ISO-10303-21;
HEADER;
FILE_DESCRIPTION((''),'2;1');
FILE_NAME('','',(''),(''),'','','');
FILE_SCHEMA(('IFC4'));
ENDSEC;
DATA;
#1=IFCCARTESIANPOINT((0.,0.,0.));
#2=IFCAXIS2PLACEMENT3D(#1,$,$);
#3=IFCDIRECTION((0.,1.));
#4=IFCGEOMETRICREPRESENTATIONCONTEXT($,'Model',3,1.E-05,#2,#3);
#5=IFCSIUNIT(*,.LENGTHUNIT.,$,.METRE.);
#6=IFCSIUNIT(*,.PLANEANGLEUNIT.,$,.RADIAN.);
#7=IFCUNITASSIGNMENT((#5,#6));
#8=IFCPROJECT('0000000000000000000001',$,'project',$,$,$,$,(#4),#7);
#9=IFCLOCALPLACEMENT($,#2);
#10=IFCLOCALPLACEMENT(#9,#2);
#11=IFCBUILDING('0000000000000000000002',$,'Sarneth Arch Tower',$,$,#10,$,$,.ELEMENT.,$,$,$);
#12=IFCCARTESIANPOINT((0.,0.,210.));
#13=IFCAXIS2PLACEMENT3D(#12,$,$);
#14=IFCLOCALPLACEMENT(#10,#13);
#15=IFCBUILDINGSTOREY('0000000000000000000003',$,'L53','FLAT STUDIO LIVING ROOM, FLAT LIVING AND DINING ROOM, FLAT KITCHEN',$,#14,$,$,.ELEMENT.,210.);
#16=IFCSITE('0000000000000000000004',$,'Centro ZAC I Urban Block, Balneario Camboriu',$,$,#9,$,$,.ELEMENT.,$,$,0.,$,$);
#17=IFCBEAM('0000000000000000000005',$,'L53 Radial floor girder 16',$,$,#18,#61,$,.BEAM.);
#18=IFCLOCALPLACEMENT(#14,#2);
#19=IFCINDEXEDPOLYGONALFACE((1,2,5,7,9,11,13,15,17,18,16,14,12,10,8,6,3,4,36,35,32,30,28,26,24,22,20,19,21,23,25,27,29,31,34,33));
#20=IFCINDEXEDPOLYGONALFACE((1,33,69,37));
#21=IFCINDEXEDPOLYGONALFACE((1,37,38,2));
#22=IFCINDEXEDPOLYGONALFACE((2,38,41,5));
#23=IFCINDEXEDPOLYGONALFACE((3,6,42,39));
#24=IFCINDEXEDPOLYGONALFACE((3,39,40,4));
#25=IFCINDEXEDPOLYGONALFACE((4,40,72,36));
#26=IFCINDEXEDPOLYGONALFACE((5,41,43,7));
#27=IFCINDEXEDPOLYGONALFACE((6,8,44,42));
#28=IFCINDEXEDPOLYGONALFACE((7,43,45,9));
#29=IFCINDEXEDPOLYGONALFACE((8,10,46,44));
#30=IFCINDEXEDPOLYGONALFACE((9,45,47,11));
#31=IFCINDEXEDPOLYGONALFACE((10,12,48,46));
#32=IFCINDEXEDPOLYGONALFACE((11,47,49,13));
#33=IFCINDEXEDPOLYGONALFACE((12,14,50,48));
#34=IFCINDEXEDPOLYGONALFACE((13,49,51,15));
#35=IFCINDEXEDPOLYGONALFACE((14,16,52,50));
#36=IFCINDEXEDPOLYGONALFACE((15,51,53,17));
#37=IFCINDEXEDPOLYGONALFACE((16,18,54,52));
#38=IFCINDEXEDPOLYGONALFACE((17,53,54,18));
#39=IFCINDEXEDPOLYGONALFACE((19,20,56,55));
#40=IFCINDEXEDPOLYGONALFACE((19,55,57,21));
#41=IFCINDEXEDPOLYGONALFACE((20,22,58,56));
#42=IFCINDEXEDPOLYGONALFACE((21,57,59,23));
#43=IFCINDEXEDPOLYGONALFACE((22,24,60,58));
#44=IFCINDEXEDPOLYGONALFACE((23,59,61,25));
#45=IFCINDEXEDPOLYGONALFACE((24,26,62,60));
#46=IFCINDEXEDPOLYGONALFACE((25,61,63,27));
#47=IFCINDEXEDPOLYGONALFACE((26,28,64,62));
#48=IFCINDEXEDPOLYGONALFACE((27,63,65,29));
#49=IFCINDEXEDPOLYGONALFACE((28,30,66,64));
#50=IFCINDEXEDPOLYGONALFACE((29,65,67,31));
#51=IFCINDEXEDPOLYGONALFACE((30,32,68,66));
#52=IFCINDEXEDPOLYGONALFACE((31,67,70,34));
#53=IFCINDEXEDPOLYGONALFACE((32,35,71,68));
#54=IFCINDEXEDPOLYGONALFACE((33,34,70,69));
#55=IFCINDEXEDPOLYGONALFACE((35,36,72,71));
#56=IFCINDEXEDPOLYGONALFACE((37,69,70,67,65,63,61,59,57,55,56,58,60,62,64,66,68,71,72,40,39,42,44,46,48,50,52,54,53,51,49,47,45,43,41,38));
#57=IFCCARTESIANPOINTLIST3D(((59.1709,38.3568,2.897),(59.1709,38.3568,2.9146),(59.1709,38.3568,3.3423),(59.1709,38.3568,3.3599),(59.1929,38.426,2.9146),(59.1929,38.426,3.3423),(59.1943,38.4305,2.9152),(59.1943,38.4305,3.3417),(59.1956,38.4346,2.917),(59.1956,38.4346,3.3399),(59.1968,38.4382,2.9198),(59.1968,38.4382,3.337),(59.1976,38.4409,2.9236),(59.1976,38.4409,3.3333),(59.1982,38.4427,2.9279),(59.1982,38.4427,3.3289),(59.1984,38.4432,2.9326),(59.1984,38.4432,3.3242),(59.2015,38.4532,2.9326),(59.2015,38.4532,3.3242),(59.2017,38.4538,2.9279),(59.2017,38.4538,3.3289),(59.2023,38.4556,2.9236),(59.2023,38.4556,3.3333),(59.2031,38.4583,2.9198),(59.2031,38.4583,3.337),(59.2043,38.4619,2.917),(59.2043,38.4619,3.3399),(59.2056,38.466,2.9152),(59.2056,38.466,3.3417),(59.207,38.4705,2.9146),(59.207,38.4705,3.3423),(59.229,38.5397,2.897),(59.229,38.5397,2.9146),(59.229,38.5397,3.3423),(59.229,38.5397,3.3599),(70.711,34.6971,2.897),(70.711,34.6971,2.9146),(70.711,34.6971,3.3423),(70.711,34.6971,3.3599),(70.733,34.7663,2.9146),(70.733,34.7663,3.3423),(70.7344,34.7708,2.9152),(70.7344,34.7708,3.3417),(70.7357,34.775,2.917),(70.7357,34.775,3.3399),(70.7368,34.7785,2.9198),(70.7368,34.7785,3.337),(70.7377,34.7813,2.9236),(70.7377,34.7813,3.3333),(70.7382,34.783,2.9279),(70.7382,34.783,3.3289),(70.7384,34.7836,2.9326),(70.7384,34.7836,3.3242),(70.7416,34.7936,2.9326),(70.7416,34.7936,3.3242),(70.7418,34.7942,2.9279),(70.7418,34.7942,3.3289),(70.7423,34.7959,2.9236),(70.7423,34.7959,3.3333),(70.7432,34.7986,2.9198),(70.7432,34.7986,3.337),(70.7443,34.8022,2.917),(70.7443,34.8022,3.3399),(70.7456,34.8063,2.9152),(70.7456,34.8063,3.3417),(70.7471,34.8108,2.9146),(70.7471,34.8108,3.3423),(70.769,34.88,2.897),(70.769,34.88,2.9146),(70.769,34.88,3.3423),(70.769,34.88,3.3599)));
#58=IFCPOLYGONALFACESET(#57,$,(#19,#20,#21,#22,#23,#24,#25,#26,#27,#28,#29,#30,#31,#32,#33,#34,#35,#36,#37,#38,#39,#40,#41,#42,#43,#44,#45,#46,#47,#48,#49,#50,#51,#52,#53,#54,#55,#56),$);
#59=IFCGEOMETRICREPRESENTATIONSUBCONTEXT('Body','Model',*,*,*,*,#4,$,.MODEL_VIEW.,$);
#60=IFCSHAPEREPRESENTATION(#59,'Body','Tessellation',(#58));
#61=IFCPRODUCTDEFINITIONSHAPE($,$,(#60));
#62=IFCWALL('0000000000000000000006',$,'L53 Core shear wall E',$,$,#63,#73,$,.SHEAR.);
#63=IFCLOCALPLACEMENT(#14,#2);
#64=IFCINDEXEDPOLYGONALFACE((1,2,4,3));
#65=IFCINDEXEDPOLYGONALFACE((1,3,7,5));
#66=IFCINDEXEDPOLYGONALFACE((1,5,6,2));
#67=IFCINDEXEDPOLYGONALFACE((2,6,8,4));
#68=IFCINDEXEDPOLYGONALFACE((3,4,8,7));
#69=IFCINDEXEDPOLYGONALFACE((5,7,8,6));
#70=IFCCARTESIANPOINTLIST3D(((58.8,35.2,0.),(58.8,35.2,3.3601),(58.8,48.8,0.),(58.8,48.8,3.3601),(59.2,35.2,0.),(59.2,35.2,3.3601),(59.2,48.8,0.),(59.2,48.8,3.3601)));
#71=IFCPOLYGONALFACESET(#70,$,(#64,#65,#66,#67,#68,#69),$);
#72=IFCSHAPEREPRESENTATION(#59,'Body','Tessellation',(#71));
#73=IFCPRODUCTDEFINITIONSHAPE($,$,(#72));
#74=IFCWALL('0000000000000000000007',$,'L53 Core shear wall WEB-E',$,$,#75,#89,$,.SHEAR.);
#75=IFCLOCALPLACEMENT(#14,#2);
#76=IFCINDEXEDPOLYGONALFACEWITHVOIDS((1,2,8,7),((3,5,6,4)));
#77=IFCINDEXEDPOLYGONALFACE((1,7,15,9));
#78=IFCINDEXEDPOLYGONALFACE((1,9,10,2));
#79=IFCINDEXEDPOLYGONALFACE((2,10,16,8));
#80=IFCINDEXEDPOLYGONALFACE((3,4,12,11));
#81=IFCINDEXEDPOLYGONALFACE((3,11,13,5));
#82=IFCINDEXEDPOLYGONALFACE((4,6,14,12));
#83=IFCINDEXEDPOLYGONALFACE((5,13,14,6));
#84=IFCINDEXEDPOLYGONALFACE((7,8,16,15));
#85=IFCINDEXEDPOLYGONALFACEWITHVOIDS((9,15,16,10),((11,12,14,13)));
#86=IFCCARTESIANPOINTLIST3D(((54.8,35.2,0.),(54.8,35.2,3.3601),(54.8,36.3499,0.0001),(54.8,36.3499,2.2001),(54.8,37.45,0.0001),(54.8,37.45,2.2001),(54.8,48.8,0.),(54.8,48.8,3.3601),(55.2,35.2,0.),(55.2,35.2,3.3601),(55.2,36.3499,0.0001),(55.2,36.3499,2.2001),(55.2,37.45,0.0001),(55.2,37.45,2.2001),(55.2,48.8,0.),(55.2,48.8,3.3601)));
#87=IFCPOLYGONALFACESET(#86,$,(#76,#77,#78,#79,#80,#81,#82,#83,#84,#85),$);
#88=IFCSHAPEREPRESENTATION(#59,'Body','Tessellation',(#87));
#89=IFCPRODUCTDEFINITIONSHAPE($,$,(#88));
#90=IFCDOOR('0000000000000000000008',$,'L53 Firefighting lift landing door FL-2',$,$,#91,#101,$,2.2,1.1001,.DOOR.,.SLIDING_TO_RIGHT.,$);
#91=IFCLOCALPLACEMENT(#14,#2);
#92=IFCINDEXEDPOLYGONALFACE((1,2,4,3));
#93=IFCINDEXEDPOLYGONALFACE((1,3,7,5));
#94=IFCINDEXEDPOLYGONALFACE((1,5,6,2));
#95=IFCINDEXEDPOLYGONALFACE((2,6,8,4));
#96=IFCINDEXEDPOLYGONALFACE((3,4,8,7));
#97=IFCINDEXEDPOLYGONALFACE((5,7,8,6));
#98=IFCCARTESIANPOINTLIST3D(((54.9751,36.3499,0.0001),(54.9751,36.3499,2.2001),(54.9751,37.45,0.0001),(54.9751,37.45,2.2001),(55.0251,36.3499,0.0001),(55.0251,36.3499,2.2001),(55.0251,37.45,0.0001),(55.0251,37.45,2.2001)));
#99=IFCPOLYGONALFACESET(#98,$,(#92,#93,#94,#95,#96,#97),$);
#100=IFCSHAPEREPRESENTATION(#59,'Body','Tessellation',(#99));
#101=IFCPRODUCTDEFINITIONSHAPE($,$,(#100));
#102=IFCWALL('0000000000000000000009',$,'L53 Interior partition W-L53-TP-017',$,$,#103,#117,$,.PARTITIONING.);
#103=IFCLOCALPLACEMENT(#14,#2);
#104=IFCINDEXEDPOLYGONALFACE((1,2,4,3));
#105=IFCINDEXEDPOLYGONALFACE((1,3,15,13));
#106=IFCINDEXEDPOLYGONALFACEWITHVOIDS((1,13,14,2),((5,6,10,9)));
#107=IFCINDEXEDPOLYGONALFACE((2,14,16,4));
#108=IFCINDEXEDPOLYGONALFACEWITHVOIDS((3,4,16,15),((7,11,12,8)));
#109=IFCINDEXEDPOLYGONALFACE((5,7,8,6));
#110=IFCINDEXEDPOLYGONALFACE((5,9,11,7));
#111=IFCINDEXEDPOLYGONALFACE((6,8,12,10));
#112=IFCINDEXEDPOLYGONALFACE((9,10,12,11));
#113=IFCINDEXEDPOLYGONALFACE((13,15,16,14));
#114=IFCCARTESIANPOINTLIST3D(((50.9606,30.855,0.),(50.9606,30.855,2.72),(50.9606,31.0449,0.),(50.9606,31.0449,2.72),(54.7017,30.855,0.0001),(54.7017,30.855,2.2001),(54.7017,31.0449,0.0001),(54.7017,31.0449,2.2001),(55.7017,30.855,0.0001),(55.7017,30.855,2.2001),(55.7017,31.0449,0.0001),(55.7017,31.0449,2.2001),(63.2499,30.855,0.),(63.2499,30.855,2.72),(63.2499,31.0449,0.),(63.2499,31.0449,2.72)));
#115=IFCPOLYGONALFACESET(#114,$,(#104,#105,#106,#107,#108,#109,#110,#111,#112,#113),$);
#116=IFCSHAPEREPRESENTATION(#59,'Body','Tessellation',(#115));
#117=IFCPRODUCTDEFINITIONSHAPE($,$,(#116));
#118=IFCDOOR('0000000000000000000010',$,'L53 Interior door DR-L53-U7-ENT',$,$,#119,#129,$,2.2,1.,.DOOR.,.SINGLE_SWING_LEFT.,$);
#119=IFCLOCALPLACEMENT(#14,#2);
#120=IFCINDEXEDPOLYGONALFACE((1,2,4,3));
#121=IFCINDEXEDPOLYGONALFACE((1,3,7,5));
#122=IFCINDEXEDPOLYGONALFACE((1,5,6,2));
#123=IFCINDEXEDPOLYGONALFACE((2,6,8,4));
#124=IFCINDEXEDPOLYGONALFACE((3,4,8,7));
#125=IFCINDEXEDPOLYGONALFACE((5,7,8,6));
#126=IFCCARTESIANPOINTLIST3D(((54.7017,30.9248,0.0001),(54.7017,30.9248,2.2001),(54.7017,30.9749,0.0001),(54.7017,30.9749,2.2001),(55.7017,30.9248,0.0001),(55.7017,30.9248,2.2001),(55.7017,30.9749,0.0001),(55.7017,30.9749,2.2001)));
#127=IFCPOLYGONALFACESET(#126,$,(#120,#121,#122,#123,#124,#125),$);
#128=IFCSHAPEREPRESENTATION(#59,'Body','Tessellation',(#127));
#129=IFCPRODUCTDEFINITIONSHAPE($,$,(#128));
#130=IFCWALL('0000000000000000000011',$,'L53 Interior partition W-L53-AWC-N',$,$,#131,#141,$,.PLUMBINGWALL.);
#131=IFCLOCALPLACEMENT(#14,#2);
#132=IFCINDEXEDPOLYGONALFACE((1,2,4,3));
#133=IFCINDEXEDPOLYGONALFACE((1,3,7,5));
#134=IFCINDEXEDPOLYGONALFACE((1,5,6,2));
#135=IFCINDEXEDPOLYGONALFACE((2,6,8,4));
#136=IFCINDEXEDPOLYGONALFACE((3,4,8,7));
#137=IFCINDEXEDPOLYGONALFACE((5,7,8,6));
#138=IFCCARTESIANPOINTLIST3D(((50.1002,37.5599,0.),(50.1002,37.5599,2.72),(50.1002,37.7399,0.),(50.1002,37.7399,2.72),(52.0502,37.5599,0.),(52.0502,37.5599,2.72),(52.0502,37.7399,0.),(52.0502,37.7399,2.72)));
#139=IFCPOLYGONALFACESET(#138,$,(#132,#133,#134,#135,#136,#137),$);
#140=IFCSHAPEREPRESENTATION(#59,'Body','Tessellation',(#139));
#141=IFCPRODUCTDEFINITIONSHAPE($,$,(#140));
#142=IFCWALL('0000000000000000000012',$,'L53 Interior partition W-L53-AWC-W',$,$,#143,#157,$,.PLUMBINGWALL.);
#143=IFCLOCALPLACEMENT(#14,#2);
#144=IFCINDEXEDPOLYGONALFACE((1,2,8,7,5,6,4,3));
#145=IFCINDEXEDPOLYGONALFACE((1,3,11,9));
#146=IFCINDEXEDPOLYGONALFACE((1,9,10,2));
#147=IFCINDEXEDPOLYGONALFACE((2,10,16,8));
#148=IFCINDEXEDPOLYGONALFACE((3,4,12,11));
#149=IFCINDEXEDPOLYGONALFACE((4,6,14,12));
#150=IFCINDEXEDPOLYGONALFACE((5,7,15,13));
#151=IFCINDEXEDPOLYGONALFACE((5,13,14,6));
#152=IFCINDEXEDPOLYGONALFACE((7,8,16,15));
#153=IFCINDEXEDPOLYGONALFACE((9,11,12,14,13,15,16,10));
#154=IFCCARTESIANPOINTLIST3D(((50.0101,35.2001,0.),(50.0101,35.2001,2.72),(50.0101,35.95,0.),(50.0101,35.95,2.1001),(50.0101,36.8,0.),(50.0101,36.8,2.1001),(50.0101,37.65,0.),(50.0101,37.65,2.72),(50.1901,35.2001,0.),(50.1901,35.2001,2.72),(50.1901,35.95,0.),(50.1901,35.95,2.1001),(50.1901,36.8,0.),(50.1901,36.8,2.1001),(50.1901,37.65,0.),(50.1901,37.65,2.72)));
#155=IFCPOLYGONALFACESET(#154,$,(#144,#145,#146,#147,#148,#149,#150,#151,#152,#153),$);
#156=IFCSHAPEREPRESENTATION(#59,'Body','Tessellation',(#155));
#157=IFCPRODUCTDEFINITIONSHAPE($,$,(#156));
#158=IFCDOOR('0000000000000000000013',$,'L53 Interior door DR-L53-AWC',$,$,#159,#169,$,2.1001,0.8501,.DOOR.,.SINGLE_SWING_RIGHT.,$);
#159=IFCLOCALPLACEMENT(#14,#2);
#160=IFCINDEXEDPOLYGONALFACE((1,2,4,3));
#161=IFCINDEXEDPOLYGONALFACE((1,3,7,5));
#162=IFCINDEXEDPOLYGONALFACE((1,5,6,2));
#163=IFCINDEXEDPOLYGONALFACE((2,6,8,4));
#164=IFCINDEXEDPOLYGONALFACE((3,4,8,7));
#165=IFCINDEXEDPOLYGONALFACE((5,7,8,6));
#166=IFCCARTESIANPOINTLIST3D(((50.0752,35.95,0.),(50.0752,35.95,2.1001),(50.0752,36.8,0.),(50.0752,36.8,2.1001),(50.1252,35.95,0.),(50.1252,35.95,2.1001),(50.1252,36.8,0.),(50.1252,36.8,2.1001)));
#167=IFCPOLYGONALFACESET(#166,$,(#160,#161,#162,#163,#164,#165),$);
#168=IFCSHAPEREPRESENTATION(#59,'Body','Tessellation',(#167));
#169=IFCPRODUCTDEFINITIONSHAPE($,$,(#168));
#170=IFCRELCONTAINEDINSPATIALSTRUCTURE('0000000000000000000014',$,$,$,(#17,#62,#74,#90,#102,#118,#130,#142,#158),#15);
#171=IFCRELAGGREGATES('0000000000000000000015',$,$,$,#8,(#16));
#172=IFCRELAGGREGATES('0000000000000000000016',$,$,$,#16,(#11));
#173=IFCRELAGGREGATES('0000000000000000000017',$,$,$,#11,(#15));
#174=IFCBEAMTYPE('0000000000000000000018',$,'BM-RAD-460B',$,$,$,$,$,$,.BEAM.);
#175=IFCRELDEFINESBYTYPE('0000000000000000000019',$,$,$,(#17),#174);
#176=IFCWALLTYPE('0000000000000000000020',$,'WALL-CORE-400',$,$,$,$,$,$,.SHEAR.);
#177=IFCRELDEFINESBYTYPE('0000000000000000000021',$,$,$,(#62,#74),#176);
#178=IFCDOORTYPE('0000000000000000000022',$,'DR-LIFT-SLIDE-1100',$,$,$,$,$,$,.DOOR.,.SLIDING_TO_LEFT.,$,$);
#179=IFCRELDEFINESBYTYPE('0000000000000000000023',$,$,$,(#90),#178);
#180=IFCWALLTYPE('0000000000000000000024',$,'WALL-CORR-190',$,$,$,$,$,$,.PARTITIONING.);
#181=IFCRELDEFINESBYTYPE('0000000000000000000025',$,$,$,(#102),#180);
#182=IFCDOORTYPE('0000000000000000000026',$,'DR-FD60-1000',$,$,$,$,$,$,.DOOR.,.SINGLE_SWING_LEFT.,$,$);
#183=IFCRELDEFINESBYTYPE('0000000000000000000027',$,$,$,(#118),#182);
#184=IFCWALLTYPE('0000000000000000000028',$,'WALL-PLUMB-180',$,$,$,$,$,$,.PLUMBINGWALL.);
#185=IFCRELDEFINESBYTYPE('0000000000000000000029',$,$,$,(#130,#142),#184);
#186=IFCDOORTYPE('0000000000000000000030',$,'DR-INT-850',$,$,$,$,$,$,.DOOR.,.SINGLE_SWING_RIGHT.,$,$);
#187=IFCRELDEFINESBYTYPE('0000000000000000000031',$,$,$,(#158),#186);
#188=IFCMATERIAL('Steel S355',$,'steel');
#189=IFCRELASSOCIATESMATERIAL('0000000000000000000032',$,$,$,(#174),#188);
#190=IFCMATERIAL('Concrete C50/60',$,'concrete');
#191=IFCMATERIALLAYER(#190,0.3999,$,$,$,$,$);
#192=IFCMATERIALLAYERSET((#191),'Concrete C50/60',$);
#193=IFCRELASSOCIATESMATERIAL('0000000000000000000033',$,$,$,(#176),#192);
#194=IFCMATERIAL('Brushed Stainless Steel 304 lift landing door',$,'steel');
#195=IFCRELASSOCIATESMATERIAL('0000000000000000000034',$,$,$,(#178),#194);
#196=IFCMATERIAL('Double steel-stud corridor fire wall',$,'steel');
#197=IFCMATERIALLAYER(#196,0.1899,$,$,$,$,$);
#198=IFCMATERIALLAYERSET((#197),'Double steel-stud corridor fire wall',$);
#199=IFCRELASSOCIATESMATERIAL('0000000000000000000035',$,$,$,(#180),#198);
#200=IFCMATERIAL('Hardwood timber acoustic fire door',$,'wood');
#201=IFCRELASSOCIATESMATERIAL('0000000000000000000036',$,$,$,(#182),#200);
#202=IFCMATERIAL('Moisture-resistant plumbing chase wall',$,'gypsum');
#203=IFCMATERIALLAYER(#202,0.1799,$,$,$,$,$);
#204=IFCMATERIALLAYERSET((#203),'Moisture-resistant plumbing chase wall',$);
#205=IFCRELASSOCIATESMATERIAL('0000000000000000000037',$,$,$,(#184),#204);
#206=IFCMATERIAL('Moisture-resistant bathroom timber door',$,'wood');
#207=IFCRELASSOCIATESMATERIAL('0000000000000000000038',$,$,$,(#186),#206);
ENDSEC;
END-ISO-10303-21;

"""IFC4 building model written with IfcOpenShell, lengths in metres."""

from ifc_helpers import new_model, si_unit, direction, frame, frame_2d, origin, origin_2d, place, context, subcontext, project, spatial, rectangle, i_section, extrude, material, layer, layer_set, material_profile, profile_set, type_object, element, fill, save


model = new_model("IFC4")

# Units and contexts
model_context = context("Model", 3, precision=1e-05, world=origin(), true_north=direction((0.0, 1.0)))
body_context = subcontext(model_context, "Body", "Model", "MODEL_VIEW")
ifc_project = project(units=[si_unit("LENGTHUNIT", "METRE"), si_unit("PLANEANGLEUNIT", "RADIAN")], contexts=[model_context])

# Site, building, storey
site_placement = place(None, origin())
site = spatial("IfcSite", under=ifc_project, at=site_placement, Name="Centro ZAC I Urban Block, Balneario Camboriu", CompositionType="ELEMENT", RefElevation=0.0)
building_placement = place(site_placement, origin())
building = spatial("IfcBuilding", under=site, at=building_placement, Name="Sarneth Arch Tower", CompositionType="ELEMENT")
storey_placement = place(building_placement, frame((0.0, 0.0, 210.0)))
storey = spatial("IfcBuildingStorey", under=building, at=storey_placement, Name="L53", Description="FLAT STUDIO LIVING ROOM, FLAT LIVING AND DINING ROOM, FLAT KITCHEN", CompositionType="ELEMENT", Elevation=210.0)

# Beam
ifc_material_1 = material(Name="Steel S355", Category="steel")
ifc_material_profile_1 = material_profile(ifc_material_1, i_section(OverallWidth=0.1919, OverallDepth=0.4629, WebThickness=0.0105, FlangeThickness=0.0176, FilletRadius=0.0181, at=origin_2d()), Name="W460x89")
ifc_profile_set_1 = profile_set([ifc_material_profile_1], Name="Steel S355")
beam_type_1 = type_object("IfcBeamType", Name="BM-RAD-460B", PredefinedType="BEAM", material=ifc_profile_set_1)
beam_1_placement = place(storey_placement, frame((59.2, 38.4482, 3.1284), z_axis=(0.953216, -0.302291, 0.0), x_axis=(0.302291, 0.953216, 0.0)))
element("IfcBeam", 1, at=beam_1_placement, inside=storey, type_object=beam_type_1, Name="L53 Radial floor girder 16", PredefinedType="BEAM", context=body_context, shape_type="SweptSolid", body=[
    extrude(i_section(OverallWidth=0.1919, OverallDepth=0.4629, WebThickness=0.0105, FlangeThickness=0.0176, FilletRadius=0.0181, at=origin_2d()), origin(), (0.0, 0.0, 1.0), 12.1064),
])

# Shared definitions
ifc_material_2 = material(Name="Concrete C50/60", Category="concrete")
ifc_layer_1 = layer(ifc_material_2, 0.3999)
ifc_layer_set_1 = layer_set([ifc_layer_1], Name="Concrete C50/60")
wall_type_1 = type_object("IfcWallType", Name="WALL-CORE-400", PredefinedType="SHEAR", material=ifc_layer_set_1)

# Wall
wall_1_placement = place(storey_placement, frame((59.0, 35.2, 0.0), z_axis=(0.0, 0.0, 1.0), x_axis=(0.0, 1.0, 0.0)))
element("IfcWall", 2, at=wall_1_placement, inside=storey, type_object=wall_type_1, Name="L53 Core shear wall E", PredefinedType="SHEAR", context=body_context, shape_type="SweptSolid", body=[
    extrude(rectangle(XDim=13.6001, YDim=0.3999, at=frame_2d((6.8, 0.0))), origin(), (0.0, 0.0, 1.0), 3.3601),
])

# Walls, openings, doors
wall_2_placement = place(storey_placement, frame((55.0, 35.2, 0.0), z_axis=(0.0, 0.0, 1.0), x_axis=(0.0, 1.0, 0.0)))
wall_2 = element("IfcWall", 3, at=wall_2_placement, inside=storey, type_object=wall_type_1, Name="L53 Core shear wall WEB-E", PredefinedType="SHEAR", context=body_context, shape_type="SweptSolid", body=[
    extrude(rectangle(XDim=13.6001, YDim=0.3999, at=frame_2d((6.8, 0.0))), origin(), (0.0, 0.0, 1.0), 3.3601),
])
opening_1_placement = place(wall_2_placement, frame((1.1499, 0.0, 0.0)))
opening_1 = element("IfcOpeningElement", 4, at=opening_1_placement, cuts=wall_2, PredefinedType="OPENING", context=body_context, shape_type="SweptSolid", body=[
    extrude(rectangle(XDim=1.1001, YDim=2.2, at=frame_2d((0.55, 1.1001))), frame((0.0, 0.21, 0.0), z_axis=(0.0, -1.0, 0.0), x_axis=(1.0, 0.0, 0.0)), (0.0, 0.0, 1.0), 0.4199),
])
ifc_material_3 = material(Name="Brushed Stainless Steel 304 lift landing door", Category="steel")
door_type_1 = type_object("IfcDoorType", Name="DR-LIFT-SLIDE-1100", OperationType="SLIDING_TO_LEFT", PredefinedType="DOOR", material=ifc_material_3)
door_1_placement = place(opening_1_placement, origin())
door_1 = element("IfcDoor", 5, at=door_1_placement, inside=storey, type_object=door_type_1, Name="L53 Firefighting lift landing door FL-2", OperationType="SLIDING_TO_RIGHT", OverallHeight=2.2, OverallWidth=1.1001, PredefinedType="DOOR", context=body_context, shape_type="SweptSolid", body=[
    extrude(rectangle(XDim=1.1001, YDim=2.2, at=frame_2d((0.55, 1.1001))), frame((0.0, 0.0249, 0.0), z_axis=(0.0, -1.0, 0.0), x_axis=(1.0, 0.0, 0.0)), (0.0, 0.0, 1.0), 0.05),
])
fill(opening_1, door_1)
ifc_material_4 = material(Name="Double steel-stud corridor fire wall", Category="steel")
ifc_layer_2 = layer(ifc_material_4, 0.1899)
ifc_layer_set_2 = layer_set([ifc_layer_2], Name="Double steel-stud corridor fire wall")
wall_type_2 = type_object("IfcWallType", Name="WALL-CORR-190", PredefinedType="PARTITIONING", material=ifc_layer_set_2)
wall_3_placement = place(storey_placement, frame((50.9607, 30.95, 0.0), z_axis=(0.0, 0.0, 1.0), x_axis=(1.0, 0.0, 0.0)))
wall_3 = element("IfcWall", 6, at=wall_3_placement, inside=storey, type_object=wall_type_2, Name="L53 Interior partition W-L53-TP-017", PredefinedType="PARTITIONING", context=body_context, shape_type="SweptSolid", body=[
    extrude(rectangle(XDim=12.2893, YDim=0.1899, at=frame_2d((6.1445, 0.0))), origin(), (0.0, 0.0, 1.0), 2.72),
])
opening_2_placement = place(wall_3_placement, frame((3.741, 0.0, 0.0)))
opening_2 = element("IfcOpeningElement", 7, at=opening_2_placement, cuts=wall_3, PredefinedType="OPENING", context=body_context, shape_type="SweptSolid", body=[
    extrude(rectangle(XDim=1.0, YDim=2.2, at=frame_2d((0.5, 1.1001))), frame((0.0, 0.105, 0.0), z_axis=(0.0, -1.0, 0.0), x_axis=(1.0, 0.0, 0.0)), (0.0, 0.0, 1.0), 0.21),
])
ifc_material_5 = material(Name="Hardwood timber acoustic fire door", Category="wood")
door_type_2 = type_object("IfcDoorType", Name="DR-FD60-1000", OperationType="SINGLE_SWING_LEFT", PredefinedType="DOOR", material=ifc_material_5)
door_2_placement = place(opening_2_placement, origin())
door_2 = element("IfcDoor", 8, at=door_2_placement, inside=storey, type_object=door_type_2, Name="L53 Interior door DR-L53-U7-ENT", OperationType="SINGLE_SWING_LEFT", OverallHeight=2.2, OverallWidth=1.0, PredefinedType="DOOR", context=body_context, shape_type="SweptSolid", body=[
    extrude(rectangle(XDim=1.0, YDim=2.2, at=frame_2d((0.5, 1.1001))), frame((0.0, 0.0249, 0.0), z_axis=(0.0, -1.0, 0.0), x_axis=(1.0, 0.0, 0.0)), (0.0, 0.0, 1.0), 0.05),
])
fill(opening_2, door_2)

# Wall
ifc_material_6 = material(Name="Moisture-resistant plumbing chase wall", Category="gypsum")
ifc_layer_3 = layer(ifc_material_6, 0.1799)
ifc_layer_set_3 = layer_set([ifc_layer_3], Name="Moisture-resistant plumbing chase wall")
wall_type_3 = type_object("IfcWallType", Name="WALL-PLUMB-180", PredefinedType="PLUMBINGWALL", material=ifc_layer_set_3)
wall_4_placement = place(storey_placement, frame((50.1001, 37.6499, 0.0), z_axis=(0.0, 0.0, 1.0), x_axis=(1.0, 0.0, 0.0)))
element("IfcWall", 9, at=wall_4_placement, inside=storey, type_object=wall_type_3, Name="L53 Interior partition W-L53-AWC-N", PredefinedType="PLUMBINGWALL", context=body_context, shape_type="SweptSolid", body=[
    extrude(rectangle(XDim=1.95, YDim=0.1799, at=frame_2d((0.9751, 0.0))), origin(), (0.0, 0.0, 1.0), 2.72),
])

# Wall, opening, door
wall_5_placement = place(storey_placement, frame((50.1001, 35.2, 0.0), z_axis=(0.0, 0.0, 1.0), x_axis=(0.0, 1.0, 0.0)))
wall_5 = element("IfcWall", 10, at=wall_5_placement, inside=storey, type_object=wall_type_3, Name="L53 Interior partition W-L53-AWC-W", PredefinedType="PLUMBINGWALL", context=body_context, shape_type="SweptSolid", body=[
    extrude(rectangle(XDim=2.45, YDim=0.1799, at=frame_2d((1.2251, 0.0))), origin(), (0.0, 0.0, 1.0), 2.72),
])
opening_3_placement = place(wall_5_placement, frame((0.75, 0.0, 0.0)))
opening_3 = element("IfcOpeningElement", 11, at=opening_3_placement, cuts=wall_5, PredefinedType="OPENING", context=body_context, shape_type="SweptSolid", body=[
    extrude(rectangle(XDim=0.8501, YDim=2.1001, at=frame_2d((0.425, 1.05))), frame((0.0, 0.0999, 0.0), z_axis=(0.0, -1.0, 0.0), x_axis=(1.0, 0.0, 0.0)), (0.0, 0.0, 1.0), 0.2),
])
ifc_material_7 = material(Name="Moisture-resistant bathroom timber door", Category="wood")
door_type_3 = type_object("IfcDoorType", Name="DR-INT-850", OperationType="SINGLE_SWING_RIGHT", PredefinedType="DOOR", material=ifc_material_7)
door_3_placement = place(opening_3_placement, origin())
door_3 = element("IfcDoor", 12, at=door_3_placement, inside=storey, type_object=door_type_3, Name="L53 Interior door DR-L53-AWC", OperationType="SINGLE_SWING_RIGHT", OverallHeight=2.1001, OverallWidth=0.8501, PredefinedType="DOOR", context=body_context, shape_type="SweptSolid", body=[
    extrude(rectangle(XDim=0.8501, YDim=2.1001, at=frame_2d((0.425, 1.05))), frame((0.0, 0.0249, 0.0), z_axis=(0.0, -1.0, 0.0), x_axis=(1.0, 0.0, 0.0)), (0.0, 0.0, 1.0), 0.05),
])
fill(opening_3, door_3)

save(model, "model.ifc")
